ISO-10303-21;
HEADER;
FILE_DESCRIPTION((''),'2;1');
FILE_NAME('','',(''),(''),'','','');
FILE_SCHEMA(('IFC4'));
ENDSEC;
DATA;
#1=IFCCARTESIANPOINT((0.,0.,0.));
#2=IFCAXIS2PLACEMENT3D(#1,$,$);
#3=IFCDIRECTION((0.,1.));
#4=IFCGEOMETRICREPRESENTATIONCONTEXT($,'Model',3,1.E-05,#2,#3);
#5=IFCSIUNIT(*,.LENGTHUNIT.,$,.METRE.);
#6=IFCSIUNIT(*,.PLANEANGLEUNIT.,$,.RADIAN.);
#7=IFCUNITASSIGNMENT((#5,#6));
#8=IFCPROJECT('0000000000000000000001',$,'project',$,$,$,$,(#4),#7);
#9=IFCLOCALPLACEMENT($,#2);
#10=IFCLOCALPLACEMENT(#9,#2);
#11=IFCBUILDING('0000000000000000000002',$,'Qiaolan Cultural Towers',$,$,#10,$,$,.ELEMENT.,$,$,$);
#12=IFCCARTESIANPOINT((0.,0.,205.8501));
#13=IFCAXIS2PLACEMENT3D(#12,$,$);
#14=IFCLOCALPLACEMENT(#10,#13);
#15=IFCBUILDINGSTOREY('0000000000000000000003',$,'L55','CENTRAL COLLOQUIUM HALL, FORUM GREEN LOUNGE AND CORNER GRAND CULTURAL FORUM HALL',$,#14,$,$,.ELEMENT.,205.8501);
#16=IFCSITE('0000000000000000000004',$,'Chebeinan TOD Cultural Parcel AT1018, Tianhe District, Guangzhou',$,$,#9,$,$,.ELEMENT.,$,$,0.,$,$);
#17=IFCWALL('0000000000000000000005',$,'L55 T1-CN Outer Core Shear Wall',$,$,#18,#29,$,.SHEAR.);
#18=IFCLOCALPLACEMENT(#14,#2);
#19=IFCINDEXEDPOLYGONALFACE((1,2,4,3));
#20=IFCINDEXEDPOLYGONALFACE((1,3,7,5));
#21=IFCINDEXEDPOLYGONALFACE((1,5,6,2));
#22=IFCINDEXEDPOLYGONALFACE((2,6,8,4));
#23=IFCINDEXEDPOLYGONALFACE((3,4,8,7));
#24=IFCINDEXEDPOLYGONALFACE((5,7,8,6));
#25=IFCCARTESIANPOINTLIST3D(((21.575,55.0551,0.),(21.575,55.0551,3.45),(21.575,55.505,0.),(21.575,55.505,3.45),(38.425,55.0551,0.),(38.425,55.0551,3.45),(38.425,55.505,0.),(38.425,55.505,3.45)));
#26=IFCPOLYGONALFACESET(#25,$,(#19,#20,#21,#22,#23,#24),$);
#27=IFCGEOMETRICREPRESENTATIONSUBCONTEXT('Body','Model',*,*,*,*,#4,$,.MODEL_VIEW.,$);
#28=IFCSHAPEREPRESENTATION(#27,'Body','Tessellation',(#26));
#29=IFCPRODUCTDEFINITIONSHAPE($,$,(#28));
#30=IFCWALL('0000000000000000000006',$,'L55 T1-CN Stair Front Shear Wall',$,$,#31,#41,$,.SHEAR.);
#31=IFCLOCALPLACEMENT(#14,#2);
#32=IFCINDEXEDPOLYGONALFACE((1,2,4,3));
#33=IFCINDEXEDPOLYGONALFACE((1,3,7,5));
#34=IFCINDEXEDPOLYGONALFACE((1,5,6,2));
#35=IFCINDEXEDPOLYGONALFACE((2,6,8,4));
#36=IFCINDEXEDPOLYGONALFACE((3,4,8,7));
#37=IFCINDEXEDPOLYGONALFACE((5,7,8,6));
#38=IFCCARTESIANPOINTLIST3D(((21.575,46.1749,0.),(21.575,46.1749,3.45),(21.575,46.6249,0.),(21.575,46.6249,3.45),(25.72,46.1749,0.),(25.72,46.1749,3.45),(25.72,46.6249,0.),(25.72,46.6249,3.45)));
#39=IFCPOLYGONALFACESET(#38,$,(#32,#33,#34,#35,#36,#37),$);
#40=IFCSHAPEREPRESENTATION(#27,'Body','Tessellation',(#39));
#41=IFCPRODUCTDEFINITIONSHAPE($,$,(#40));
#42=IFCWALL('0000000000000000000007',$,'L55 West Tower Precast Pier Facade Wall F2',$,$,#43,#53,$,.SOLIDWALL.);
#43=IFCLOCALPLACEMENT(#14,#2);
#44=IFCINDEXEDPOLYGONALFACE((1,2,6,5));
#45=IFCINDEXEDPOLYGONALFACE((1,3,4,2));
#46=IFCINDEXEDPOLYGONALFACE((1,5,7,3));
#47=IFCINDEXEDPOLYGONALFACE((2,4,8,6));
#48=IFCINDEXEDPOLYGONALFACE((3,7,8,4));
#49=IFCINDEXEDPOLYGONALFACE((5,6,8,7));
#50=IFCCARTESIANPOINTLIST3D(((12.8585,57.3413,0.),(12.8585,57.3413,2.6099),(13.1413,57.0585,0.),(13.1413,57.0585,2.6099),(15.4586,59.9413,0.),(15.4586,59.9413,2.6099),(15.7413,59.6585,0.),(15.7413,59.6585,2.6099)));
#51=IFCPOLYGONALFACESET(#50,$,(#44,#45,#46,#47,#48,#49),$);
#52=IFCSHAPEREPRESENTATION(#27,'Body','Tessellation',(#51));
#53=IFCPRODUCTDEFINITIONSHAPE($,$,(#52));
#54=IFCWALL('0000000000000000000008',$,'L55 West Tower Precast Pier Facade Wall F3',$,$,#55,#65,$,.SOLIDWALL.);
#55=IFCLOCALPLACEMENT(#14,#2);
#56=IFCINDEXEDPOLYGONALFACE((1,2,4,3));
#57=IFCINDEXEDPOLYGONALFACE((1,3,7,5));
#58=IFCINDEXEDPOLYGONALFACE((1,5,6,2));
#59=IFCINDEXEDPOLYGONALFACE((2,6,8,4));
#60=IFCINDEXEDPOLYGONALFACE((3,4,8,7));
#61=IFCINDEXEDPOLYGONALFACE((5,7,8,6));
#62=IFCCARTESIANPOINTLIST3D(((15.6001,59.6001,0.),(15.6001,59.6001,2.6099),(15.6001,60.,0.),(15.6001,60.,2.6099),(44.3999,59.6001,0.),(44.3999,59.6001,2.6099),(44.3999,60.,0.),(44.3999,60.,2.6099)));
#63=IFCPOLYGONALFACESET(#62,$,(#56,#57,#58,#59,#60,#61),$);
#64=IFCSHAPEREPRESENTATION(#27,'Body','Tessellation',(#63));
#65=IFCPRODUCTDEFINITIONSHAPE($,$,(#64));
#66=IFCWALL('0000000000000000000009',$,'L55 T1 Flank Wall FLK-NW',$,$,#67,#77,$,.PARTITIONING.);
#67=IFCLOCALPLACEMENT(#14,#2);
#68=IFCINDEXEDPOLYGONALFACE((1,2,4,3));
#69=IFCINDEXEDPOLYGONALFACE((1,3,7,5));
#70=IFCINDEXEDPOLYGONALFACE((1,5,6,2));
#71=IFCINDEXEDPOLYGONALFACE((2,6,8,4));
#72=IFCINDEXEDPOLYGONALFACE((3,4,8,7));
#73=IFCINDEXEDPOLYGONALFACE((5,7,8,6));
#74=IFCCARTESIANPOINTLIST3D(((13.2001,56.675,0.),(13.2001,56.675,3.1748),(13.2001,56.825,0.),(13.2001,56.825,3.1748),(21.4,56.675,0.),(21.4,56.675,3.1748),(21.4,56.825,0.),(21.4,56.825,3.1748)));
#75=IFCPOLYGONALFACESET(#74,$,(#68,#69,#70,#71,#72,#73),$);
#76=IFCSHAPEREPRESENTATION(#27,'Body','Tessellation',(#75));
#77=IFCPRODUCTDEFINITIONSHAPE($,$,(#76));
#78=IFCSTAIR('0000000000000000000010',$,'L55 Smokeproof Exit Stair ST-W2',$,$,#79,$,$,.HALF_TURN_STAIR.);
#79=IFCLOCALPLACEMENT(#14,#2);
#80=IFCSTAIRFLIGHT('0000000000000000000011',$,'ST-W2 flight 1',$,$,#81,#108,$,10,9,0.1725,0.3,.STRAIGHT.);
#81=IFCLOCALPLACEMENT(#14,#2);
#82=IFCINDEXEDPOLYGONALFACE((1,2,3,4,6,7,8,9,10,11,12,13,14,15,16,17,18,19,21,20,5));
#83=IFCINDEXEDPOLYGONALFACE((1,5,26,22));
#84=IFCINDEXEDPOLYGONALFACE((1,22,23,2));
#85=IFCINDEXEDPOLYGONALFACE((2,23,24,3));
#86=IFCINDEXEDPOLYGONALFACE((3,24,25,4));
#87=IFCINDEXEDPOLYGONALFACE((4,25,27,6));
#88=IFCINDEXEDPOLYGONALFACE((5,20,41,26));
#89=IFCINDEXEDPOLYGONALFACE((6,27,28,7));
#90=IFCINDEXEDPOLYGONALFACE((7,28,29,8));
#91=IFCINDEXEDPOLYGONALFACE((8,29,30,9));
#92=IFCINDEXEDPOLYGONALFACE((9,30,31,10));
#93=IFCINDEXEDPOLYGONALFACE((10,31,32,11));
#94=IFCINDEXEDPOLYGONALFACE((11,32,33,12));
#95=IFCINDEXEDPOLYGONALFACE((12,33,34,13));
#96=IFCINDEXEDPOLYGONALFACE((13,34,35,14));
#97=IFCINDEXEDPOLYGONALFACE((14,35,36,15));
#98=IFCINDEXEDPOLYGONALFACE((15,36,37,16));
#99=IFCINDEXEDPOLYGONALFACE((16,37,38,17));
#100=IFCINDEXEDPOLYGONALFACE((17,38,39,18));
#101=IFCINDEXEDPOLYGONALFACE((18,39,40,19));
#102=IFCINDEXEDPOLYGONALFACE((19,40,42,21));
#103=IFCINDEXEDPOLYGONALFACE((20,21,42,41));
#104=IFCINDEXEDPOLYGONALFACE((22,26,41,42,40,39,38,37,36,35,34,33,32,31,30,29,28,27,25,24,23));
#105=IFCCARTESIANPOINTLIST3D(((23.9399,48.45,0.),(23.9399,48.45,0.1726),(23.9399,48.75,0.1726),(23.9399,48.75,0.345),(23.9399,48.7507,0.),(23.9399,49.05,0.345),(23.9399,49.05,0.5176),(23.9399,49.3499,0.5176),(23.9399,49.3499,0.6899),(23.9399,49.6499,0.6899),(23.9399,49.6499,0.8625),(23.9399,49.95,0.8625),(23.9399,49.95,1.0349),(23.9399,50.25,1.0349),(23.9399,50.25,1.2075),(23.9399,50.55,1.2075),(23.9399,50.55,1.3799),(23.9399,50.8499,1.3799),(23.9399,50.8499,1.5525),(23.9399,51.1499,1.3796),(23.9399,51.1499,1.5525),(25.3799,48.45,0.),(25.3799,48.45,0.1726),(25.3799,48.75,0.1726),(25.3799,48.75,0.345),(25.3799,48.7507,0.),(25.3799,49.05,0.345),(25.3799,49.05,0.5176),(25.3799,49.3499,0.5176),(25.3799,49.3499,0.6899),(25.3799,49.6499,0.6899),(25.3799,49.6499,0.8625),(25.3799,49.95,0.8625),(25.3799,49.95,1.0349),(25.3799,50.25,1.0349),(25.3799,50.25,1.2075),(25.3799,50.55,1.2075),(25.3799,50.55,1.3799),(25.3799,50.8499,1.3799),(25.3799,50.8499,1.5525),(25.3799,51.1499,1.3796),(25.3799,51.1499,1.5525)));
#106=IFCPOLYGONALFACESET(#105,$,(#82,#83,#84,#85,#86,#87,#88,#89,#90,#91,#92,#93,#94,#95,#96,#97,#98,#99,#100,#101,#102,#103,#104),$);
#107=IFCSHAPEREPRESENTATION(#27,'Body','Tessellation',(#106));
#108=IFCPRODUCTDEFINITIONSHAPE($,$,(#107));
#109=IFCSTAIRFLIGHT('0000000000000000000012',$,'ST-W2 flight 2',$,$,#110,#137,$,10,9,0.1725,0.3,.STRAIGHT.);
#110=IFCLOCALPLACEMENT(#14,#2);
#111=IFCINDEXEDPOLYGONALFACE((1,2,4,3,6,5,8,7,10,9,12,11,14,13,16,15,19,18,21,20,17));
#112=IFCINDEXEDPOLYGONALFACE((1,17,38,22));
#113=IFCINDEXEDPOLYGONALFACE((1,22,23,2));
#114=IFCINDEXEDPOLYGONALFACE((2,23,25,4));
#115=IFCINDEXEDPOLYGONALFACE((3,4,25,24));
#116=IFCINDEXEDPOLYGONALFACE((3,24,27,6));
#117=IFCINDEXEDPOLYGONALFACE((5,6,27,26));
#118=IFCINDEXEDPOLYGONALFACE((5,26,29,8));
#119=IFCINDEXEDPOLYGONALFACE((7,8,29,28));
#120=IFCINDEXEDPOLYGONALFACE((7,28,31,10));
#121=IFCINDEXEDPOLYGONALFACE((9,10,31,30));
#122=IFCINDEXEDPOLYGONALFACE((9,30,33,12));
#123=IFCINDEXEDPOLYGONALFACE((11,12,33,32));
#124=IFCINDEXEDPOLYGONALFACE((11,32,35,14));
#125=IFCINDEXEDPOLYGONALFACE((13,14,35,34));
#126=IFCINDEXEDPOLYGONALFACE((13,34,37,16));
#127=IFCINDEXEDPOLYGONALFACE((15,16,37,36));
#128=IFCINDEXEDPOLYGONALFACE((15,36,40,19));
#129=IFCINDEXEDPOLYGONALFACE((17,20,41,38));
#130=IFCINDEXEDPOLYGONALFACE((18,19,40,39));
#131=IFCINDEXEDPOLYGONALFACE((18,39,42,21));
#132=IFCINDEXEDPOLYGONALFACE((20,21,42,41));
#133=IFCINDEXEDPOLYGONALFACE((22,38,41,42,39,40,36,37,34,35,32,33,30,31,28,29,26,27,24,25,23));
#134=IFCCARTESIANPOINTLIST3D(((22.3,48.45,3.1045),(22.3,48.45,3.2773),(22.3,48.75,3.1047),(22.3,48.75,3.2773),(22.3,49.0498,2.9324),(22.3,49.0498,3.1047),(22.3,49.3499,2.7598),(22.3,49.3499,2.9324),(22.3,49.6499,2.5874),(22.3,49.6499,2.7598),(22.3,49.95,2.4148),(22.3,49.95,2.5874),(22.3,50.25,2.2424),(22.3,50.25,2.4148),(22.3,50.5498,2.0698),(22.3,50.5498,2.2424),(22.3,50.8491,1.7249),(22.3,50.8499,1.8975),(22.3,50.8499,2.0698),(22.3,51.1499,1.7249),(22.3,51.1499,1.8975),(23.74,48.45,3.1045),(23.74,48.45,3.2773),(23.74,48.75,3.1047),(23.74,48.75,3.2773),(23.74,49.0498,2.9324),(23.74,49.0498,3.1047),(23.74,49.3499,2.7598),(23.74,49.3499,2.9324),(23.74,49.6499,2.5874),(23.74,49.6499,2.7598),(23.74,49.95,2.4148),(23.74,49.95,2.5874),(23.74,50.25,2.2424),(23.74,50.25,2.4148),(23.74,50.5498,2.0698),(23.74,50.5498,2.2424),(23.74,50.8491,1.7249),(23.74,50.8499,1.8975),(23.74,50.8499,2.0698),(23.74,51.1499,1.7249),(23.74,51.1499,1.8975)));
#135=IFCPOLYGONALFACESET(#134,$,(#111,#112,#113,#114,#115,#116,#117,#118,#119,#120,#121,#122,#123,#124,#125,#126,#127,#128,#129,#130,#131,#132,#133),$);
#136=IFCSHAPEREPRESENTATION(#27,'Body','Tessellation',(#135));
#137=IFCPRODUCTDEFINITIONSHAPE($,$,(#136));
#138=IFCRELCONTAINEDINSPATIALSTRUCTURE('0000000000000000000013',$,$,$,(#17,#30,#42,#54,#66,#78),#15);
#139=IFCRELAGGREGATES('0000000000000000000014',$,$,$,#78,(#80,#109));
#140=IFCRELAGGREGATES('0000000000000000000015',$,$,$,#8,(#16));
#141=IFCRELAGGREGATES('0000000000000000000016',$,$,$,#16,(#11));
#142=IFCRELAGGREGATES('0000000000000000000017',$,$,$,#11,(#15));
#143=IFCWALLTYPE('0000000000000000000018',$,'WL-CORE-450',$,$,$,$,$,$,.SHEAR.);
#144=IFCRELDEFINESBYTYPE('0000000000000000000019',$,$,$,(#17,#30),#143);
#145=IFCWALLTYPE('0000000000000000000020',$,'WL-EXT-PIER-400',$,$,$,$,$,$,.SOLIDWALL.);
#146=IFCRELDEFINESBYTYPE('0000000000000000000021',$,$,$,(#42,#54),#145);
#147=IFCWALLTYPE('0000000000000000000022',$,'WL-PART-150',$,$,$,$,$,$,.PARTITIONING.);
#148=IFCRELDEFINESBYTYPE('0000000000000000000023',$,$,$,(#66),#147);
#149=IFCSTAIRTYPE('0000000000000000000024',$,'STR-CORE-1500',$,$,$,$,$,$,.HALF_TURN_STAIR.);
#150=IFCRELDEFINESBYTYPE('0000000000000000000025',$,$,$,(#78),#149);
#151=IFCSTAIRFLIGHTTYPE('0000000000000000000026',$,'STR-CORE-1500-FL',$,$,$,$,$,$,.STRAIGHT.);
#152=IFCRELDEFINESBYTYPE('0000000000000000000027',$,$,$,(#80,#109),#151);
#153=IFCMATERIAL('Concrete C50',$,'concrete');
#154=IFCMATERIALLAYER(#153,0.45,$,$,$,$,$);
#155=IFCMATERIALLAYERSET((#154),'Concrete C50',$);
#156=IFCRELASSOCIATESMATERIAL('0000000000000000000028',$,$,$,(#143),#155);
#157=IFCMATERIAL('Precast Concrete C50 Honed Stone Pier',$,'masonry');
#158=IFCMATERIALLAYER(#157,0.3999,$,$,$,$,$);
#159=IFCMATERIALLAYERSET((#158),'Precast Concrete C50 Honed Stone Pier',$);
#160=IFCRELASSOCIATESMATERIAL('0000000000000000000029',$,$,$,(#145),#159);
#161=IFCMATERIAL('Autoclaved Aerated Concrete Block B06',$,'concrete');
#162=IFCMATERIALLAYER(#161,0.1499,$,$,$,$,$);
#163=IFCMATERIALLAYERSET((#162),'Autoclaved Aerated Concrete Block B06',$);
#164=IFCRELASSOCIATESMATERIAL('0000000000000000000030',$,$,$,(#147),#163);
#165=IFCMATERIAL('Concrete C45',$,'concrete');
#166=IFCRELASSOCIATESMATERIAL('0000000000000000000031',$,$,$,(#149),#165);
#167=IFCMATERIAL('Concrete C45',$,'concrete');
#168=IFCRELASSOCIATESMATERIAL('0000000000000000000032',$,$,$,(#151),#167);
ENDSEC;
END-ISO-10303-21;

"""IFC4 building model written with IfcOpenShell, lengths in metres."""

from ifc_helpers import new_model, si_unit, direction, frame, frame_2d, origin, place, context, subcontext, project, spatial, polyline, rectangle, outline, extrude, material, layer, layer_set, type_object, element, aggregate, save


model = new_model("IFC4")

# Units and contexts
model_context = context("Model", 3, precision=1e-05, world=origin(), true_north=direction((0.0, 1.0)))
body_context = subcontext(model_context, "Body", "Model", "MODEL_VIEW")
ifc_project = project(units=[si_unit("LENGTHUNIT", "METRE"), si_unit("PLANEANGLEUNIT", "RADIAN")], contexts=[model_context])

# Site, building, storey
site_placement = place(None, origin())
site = spatial("IfcSite", under=ifc_project, at=site_placement, Name="Chebeinan TOD Cultural Parcel AT1018, Tianhe District, Guangzhou", CompositionType="ELEMENT", RefElevation=0.0)
building_placement = place(site_placement, origin())
building = spatial("IfcBuilding", under=site, at=building_placement, Name="Qiaolan Cultural Towers", CompositionType="ELEMENT")
storey_placement = place(building_placement, frame((0.0, 0.0, 205.8501)))
storey = spatial("IfcBuildingStorey", under=building, at=storey_placement, Name="L55", Description="CENTRAL COLLOQUIUM HALL, FORUM GREEN LOUNGE AND CORNER GRAND CULTURAL FORUM HALL", CompositionType="ELEMENT", Elevation=205.8501)

# Walls
ifc_material_1 = material(Name="Concrete C50", Category="concrete")
ifc_layer_1 = layer(ifc_material_1, 0.45)
ifc_layer_set_1 = layer_set([ifc_layer_1], Name="Concrete C50")
wall_type_1 = type_object("IfcWallType", Name="WL-CORE-450", PredefinedType="SHEAR", material=ifc_layer_set_1)
wall_1_placement = place(storey_placement, frame((21.575, 55.28, 0.0), z_axis=(0.0, 0.0, 1.0), x_axis=(1.0, 0.0, 0.0)))
element("IfcWall", 1, at=wall_1_placement, inside=storey, type_object=wall_type_1, Name="L55 T1-CN Outer Core Shear Wall", PredefinedType="SHEAR", context=body_context, shape_type="SweptSolid", body=[
    extrude(rectangle(XDim=16.8501, YDim=0.45, at=frame_2d((8.425, 0.0))), origin(), (0.0, 0.0, 1.0), 3.45),
])
wall_2_placement = place(storey_placement, frame((21.575, 46.3999, 0.0), z_axis=(0.0, 0.0, 1.0), x_axis=(1.0, 0.0, 0.0)))
element("IfcWall", 2, at=wall_2_placement, inside=storey, type_object=wall_type_1, Name="L55 T1-CN Stair Front Shear Wall", PredefinedType="SHEAR", context=body_context, shape_type="SweptSolid", body=[
    extrude(rectangle(XDim=4.145, YDim=0.45, at=frame_2d((2.0725, 0.0))), origin(), (0.0, 0.0, 1.0), 3.45),
])
ifc_material_2 = material(Name="Precast Concrete C50 Honed Stone Pier", Category="masonry")
ifc_layer_2 = layer(ifc_material_2, 0.3999)
ifc_layer_set_2 = layer_set([ifc_layer_2], Name="Precast Concrete C50 Honed Stone Pier")
wall_type_2 = type_object("IfcWallType", Name="WL-EXT-PIER-400", PredefinedType="SOLIDWALL", material=ifc_layer_set_2)
wall_3_placement = place(storey_placement, frame((13.0, 57.2, 0.0), z_axis=(0.0, 0.0, 1.0), x_axis=(0.707107, 0.707107, 0.0)))
element("IfcWall", 3, at=wall_3_placement, inside=storey, type_object=wall_type_2, Name="L55 West Tower Precast Pier Facade Wall F2", PredefinedType="SOLIDWALL", context=body_context, shape_type="SweptSolid", body=[
    extrude(rectangle(XDim=3.677, YDim=0.3999, at=frame_2d((1.8384, 0.0))), origin(), (0.0, 0.0, 1.0), 2.6099),
])
wall_4_placement = place(storey_placement, frame((15.6001, 59.8, 0.0), z_axis=(0.0, 0.0, 1.0), x_axis=(1.0, 0.0, 0.0)))
element("IfcWall", 4, at=wall_4_placement, inside=storey, type_object=wall_type_2, Name="L55 West Tower Precast Pier Facade Wall F3", PredefinedType="SOLIDWALL", context=body_context, shape_type="SweptSolid", body=[
    extrude(rectangle(XDim=28.7998, YDim=0.3999, at=frame_2d((14.3999, 0.0))), origin(), (0.0, 0.0, 1.0), 2.6099),
])
ifc_material_3 = material(Name="Autoclaved Aerated Concrete Block B06", Category="concrete")
ifc_layer_3 = layer(ifc_material_3, 0.1499)
ifc_layer_set_3 = layer_set([ifc_layer_3], Name="Autoclaved Aerated Concrete Block B06")
wall_type_3 = type_object("IfcWallType", Name="WL-PART-150", PredefinedType="PARTITIONING", material=ifc_layer_set_3)
wall_5_placement = place(storey_placement, frame((13.2, 56.75, 0.0), z_axis=(0.0, 0.0, 1.0), x_axis=(1.0, 0.0, 0.0)))
element("IfcWall", 5, at=wall_5_placement, inside=storey, type_object=wall_type_3, Name="L55 T1 Flank Wall FLK-NW", PredefinedType="PARTITIONING", context=body_context, shape_type="SweptSolid", body=[
    extrude(rectangle(XDim=8.2, YDim=0.1499, at=frame_2d((4.1001, 0.0))), origin(), (0.0, 0.0, 1.0), 3.1748),
])

# Stair, stair flights
ifc_material_4 = material(Name="Concrete C45", Category="concrete")
stair_type = type_object("IfcStairType", Name="STR-CORE-1500", PredefinedType="HALF_TURN_STAIR", material=ifc_material_4)
stair_placement = place(storey_placement, origin())
stair = element("IfcStair", 6, at=stair_placement, inside=storey, type_object=stair_type, Name="L55 Smokeproof Exit Stair ST-W2", PredefinedType="HALF_TURN_STAIR")
ifc_material_5 = material(Name="Concrete C45", Category="concrete")
stair_flight_type = type_object("IfcStairFlightType", Name="STR-CORE-1500-FL", PredefinedType="STRAIGHT", material=ifc_material_5)
stair_flight_1_placement = place(storey_placement, frame((24.6599, 48.45, 0.0), z_axis=(0.0, 0.0, 1.0), x_axis=(0.0, 1.0, 0.0)))
stair_flight_1 = element("IfcStairFlight", 7, at=stair_flight_1_placement, type_object=stair_flight_type, Name="ST-W2 flight 1", NumberOfRisers=10, NumberOfTreads=9, PredefinedType="STRAIGHT", RiserHeight=0.1725, TreadLength=0.3, context=body_context, shape_type="SweptSolid", body=[
    extrude(outline(polyline([(0.0, 0.0), (0.0, 0.1726), (0.3, 0.1726), (0.3, 0.345), (0.6001, 0.345), (0.6001, 0.5176), (0.8999, 0.5176), (0.8999, 0.6899), (1.2, 0.6899), (1.2, 0.8625), (1.5, 0.8625), (1.5, 1.0349), (1.8, 1.0349), (1.8, 1.2075), (2.1001, 1.2075), (2.1001, 1.3799), (2.3999, 1.3799), (2.3999, 1.5525), (2.7, 1.5525), (2.7, 1.7251), (2.7, 1.3796), (0.3008, 0.0), (0.0, 0.0)])), frame((0.0, 0.72, 0.0), z_axis=(0.0, -1.0, 0.0), x_axis=(1.0, 0.0, 0.0)), (0.0, 0.0, 1.0), 1.4399),
])
stair_flight_2_placement = place(storey_placement, frame((23.02, 51.1499, 1.7249), z_axis=(0.0, 0.0, 1.0), x_axis=(0.0, -1.0, 0.0)))
stair_flight_2 = element("IfcStairFlight", 8, at=stair_flight_2_placement, type_object=stair_flight_type, Name="ST-W2 flight 2", NumberOfRisers=10, NumberOfTreads=9, PredefinedType="STRAIGHT", RiserHeight=0.1725, TreadLength=0.3, context=body_context, shape_type="SweptSolid", body=[
    extrude(outline(polyline([(0.0, 0.0), (0.0, 0.1726), (0.3, 0.1726), (0.3, 0.345), (0.6001, 0.345), (0.6001, 0.5176), (0.8999, 0.5176), (0.8999, 0.6899), (1.2, 0.6899), (1.2, 0.8625), (1.5, 0.8625), (1.5, 1.0349), (1.8, 1.0349), (1.8, 1.2075), (2.1001, 1.2075), (2.1001, 1.3799), (2.3999, 1.3799), (2.3999, 1.5525), (2.7, 1.5525), (2.7, 1.7251), (2.7, 1.3796), (0.3008, 0.0), (0.0, 0.0)])), frame((0.0, 0.72, 0.0), z_axis=(0.0, -1.0, 0.0), x_axis=(1.0, 0.0, 0.0)), (0.0, 0.0, 1.0), 1.4399),
])
aggregate(stair, [stair_flight_1, stair_flight_2])

save(model, "model.ifc")
